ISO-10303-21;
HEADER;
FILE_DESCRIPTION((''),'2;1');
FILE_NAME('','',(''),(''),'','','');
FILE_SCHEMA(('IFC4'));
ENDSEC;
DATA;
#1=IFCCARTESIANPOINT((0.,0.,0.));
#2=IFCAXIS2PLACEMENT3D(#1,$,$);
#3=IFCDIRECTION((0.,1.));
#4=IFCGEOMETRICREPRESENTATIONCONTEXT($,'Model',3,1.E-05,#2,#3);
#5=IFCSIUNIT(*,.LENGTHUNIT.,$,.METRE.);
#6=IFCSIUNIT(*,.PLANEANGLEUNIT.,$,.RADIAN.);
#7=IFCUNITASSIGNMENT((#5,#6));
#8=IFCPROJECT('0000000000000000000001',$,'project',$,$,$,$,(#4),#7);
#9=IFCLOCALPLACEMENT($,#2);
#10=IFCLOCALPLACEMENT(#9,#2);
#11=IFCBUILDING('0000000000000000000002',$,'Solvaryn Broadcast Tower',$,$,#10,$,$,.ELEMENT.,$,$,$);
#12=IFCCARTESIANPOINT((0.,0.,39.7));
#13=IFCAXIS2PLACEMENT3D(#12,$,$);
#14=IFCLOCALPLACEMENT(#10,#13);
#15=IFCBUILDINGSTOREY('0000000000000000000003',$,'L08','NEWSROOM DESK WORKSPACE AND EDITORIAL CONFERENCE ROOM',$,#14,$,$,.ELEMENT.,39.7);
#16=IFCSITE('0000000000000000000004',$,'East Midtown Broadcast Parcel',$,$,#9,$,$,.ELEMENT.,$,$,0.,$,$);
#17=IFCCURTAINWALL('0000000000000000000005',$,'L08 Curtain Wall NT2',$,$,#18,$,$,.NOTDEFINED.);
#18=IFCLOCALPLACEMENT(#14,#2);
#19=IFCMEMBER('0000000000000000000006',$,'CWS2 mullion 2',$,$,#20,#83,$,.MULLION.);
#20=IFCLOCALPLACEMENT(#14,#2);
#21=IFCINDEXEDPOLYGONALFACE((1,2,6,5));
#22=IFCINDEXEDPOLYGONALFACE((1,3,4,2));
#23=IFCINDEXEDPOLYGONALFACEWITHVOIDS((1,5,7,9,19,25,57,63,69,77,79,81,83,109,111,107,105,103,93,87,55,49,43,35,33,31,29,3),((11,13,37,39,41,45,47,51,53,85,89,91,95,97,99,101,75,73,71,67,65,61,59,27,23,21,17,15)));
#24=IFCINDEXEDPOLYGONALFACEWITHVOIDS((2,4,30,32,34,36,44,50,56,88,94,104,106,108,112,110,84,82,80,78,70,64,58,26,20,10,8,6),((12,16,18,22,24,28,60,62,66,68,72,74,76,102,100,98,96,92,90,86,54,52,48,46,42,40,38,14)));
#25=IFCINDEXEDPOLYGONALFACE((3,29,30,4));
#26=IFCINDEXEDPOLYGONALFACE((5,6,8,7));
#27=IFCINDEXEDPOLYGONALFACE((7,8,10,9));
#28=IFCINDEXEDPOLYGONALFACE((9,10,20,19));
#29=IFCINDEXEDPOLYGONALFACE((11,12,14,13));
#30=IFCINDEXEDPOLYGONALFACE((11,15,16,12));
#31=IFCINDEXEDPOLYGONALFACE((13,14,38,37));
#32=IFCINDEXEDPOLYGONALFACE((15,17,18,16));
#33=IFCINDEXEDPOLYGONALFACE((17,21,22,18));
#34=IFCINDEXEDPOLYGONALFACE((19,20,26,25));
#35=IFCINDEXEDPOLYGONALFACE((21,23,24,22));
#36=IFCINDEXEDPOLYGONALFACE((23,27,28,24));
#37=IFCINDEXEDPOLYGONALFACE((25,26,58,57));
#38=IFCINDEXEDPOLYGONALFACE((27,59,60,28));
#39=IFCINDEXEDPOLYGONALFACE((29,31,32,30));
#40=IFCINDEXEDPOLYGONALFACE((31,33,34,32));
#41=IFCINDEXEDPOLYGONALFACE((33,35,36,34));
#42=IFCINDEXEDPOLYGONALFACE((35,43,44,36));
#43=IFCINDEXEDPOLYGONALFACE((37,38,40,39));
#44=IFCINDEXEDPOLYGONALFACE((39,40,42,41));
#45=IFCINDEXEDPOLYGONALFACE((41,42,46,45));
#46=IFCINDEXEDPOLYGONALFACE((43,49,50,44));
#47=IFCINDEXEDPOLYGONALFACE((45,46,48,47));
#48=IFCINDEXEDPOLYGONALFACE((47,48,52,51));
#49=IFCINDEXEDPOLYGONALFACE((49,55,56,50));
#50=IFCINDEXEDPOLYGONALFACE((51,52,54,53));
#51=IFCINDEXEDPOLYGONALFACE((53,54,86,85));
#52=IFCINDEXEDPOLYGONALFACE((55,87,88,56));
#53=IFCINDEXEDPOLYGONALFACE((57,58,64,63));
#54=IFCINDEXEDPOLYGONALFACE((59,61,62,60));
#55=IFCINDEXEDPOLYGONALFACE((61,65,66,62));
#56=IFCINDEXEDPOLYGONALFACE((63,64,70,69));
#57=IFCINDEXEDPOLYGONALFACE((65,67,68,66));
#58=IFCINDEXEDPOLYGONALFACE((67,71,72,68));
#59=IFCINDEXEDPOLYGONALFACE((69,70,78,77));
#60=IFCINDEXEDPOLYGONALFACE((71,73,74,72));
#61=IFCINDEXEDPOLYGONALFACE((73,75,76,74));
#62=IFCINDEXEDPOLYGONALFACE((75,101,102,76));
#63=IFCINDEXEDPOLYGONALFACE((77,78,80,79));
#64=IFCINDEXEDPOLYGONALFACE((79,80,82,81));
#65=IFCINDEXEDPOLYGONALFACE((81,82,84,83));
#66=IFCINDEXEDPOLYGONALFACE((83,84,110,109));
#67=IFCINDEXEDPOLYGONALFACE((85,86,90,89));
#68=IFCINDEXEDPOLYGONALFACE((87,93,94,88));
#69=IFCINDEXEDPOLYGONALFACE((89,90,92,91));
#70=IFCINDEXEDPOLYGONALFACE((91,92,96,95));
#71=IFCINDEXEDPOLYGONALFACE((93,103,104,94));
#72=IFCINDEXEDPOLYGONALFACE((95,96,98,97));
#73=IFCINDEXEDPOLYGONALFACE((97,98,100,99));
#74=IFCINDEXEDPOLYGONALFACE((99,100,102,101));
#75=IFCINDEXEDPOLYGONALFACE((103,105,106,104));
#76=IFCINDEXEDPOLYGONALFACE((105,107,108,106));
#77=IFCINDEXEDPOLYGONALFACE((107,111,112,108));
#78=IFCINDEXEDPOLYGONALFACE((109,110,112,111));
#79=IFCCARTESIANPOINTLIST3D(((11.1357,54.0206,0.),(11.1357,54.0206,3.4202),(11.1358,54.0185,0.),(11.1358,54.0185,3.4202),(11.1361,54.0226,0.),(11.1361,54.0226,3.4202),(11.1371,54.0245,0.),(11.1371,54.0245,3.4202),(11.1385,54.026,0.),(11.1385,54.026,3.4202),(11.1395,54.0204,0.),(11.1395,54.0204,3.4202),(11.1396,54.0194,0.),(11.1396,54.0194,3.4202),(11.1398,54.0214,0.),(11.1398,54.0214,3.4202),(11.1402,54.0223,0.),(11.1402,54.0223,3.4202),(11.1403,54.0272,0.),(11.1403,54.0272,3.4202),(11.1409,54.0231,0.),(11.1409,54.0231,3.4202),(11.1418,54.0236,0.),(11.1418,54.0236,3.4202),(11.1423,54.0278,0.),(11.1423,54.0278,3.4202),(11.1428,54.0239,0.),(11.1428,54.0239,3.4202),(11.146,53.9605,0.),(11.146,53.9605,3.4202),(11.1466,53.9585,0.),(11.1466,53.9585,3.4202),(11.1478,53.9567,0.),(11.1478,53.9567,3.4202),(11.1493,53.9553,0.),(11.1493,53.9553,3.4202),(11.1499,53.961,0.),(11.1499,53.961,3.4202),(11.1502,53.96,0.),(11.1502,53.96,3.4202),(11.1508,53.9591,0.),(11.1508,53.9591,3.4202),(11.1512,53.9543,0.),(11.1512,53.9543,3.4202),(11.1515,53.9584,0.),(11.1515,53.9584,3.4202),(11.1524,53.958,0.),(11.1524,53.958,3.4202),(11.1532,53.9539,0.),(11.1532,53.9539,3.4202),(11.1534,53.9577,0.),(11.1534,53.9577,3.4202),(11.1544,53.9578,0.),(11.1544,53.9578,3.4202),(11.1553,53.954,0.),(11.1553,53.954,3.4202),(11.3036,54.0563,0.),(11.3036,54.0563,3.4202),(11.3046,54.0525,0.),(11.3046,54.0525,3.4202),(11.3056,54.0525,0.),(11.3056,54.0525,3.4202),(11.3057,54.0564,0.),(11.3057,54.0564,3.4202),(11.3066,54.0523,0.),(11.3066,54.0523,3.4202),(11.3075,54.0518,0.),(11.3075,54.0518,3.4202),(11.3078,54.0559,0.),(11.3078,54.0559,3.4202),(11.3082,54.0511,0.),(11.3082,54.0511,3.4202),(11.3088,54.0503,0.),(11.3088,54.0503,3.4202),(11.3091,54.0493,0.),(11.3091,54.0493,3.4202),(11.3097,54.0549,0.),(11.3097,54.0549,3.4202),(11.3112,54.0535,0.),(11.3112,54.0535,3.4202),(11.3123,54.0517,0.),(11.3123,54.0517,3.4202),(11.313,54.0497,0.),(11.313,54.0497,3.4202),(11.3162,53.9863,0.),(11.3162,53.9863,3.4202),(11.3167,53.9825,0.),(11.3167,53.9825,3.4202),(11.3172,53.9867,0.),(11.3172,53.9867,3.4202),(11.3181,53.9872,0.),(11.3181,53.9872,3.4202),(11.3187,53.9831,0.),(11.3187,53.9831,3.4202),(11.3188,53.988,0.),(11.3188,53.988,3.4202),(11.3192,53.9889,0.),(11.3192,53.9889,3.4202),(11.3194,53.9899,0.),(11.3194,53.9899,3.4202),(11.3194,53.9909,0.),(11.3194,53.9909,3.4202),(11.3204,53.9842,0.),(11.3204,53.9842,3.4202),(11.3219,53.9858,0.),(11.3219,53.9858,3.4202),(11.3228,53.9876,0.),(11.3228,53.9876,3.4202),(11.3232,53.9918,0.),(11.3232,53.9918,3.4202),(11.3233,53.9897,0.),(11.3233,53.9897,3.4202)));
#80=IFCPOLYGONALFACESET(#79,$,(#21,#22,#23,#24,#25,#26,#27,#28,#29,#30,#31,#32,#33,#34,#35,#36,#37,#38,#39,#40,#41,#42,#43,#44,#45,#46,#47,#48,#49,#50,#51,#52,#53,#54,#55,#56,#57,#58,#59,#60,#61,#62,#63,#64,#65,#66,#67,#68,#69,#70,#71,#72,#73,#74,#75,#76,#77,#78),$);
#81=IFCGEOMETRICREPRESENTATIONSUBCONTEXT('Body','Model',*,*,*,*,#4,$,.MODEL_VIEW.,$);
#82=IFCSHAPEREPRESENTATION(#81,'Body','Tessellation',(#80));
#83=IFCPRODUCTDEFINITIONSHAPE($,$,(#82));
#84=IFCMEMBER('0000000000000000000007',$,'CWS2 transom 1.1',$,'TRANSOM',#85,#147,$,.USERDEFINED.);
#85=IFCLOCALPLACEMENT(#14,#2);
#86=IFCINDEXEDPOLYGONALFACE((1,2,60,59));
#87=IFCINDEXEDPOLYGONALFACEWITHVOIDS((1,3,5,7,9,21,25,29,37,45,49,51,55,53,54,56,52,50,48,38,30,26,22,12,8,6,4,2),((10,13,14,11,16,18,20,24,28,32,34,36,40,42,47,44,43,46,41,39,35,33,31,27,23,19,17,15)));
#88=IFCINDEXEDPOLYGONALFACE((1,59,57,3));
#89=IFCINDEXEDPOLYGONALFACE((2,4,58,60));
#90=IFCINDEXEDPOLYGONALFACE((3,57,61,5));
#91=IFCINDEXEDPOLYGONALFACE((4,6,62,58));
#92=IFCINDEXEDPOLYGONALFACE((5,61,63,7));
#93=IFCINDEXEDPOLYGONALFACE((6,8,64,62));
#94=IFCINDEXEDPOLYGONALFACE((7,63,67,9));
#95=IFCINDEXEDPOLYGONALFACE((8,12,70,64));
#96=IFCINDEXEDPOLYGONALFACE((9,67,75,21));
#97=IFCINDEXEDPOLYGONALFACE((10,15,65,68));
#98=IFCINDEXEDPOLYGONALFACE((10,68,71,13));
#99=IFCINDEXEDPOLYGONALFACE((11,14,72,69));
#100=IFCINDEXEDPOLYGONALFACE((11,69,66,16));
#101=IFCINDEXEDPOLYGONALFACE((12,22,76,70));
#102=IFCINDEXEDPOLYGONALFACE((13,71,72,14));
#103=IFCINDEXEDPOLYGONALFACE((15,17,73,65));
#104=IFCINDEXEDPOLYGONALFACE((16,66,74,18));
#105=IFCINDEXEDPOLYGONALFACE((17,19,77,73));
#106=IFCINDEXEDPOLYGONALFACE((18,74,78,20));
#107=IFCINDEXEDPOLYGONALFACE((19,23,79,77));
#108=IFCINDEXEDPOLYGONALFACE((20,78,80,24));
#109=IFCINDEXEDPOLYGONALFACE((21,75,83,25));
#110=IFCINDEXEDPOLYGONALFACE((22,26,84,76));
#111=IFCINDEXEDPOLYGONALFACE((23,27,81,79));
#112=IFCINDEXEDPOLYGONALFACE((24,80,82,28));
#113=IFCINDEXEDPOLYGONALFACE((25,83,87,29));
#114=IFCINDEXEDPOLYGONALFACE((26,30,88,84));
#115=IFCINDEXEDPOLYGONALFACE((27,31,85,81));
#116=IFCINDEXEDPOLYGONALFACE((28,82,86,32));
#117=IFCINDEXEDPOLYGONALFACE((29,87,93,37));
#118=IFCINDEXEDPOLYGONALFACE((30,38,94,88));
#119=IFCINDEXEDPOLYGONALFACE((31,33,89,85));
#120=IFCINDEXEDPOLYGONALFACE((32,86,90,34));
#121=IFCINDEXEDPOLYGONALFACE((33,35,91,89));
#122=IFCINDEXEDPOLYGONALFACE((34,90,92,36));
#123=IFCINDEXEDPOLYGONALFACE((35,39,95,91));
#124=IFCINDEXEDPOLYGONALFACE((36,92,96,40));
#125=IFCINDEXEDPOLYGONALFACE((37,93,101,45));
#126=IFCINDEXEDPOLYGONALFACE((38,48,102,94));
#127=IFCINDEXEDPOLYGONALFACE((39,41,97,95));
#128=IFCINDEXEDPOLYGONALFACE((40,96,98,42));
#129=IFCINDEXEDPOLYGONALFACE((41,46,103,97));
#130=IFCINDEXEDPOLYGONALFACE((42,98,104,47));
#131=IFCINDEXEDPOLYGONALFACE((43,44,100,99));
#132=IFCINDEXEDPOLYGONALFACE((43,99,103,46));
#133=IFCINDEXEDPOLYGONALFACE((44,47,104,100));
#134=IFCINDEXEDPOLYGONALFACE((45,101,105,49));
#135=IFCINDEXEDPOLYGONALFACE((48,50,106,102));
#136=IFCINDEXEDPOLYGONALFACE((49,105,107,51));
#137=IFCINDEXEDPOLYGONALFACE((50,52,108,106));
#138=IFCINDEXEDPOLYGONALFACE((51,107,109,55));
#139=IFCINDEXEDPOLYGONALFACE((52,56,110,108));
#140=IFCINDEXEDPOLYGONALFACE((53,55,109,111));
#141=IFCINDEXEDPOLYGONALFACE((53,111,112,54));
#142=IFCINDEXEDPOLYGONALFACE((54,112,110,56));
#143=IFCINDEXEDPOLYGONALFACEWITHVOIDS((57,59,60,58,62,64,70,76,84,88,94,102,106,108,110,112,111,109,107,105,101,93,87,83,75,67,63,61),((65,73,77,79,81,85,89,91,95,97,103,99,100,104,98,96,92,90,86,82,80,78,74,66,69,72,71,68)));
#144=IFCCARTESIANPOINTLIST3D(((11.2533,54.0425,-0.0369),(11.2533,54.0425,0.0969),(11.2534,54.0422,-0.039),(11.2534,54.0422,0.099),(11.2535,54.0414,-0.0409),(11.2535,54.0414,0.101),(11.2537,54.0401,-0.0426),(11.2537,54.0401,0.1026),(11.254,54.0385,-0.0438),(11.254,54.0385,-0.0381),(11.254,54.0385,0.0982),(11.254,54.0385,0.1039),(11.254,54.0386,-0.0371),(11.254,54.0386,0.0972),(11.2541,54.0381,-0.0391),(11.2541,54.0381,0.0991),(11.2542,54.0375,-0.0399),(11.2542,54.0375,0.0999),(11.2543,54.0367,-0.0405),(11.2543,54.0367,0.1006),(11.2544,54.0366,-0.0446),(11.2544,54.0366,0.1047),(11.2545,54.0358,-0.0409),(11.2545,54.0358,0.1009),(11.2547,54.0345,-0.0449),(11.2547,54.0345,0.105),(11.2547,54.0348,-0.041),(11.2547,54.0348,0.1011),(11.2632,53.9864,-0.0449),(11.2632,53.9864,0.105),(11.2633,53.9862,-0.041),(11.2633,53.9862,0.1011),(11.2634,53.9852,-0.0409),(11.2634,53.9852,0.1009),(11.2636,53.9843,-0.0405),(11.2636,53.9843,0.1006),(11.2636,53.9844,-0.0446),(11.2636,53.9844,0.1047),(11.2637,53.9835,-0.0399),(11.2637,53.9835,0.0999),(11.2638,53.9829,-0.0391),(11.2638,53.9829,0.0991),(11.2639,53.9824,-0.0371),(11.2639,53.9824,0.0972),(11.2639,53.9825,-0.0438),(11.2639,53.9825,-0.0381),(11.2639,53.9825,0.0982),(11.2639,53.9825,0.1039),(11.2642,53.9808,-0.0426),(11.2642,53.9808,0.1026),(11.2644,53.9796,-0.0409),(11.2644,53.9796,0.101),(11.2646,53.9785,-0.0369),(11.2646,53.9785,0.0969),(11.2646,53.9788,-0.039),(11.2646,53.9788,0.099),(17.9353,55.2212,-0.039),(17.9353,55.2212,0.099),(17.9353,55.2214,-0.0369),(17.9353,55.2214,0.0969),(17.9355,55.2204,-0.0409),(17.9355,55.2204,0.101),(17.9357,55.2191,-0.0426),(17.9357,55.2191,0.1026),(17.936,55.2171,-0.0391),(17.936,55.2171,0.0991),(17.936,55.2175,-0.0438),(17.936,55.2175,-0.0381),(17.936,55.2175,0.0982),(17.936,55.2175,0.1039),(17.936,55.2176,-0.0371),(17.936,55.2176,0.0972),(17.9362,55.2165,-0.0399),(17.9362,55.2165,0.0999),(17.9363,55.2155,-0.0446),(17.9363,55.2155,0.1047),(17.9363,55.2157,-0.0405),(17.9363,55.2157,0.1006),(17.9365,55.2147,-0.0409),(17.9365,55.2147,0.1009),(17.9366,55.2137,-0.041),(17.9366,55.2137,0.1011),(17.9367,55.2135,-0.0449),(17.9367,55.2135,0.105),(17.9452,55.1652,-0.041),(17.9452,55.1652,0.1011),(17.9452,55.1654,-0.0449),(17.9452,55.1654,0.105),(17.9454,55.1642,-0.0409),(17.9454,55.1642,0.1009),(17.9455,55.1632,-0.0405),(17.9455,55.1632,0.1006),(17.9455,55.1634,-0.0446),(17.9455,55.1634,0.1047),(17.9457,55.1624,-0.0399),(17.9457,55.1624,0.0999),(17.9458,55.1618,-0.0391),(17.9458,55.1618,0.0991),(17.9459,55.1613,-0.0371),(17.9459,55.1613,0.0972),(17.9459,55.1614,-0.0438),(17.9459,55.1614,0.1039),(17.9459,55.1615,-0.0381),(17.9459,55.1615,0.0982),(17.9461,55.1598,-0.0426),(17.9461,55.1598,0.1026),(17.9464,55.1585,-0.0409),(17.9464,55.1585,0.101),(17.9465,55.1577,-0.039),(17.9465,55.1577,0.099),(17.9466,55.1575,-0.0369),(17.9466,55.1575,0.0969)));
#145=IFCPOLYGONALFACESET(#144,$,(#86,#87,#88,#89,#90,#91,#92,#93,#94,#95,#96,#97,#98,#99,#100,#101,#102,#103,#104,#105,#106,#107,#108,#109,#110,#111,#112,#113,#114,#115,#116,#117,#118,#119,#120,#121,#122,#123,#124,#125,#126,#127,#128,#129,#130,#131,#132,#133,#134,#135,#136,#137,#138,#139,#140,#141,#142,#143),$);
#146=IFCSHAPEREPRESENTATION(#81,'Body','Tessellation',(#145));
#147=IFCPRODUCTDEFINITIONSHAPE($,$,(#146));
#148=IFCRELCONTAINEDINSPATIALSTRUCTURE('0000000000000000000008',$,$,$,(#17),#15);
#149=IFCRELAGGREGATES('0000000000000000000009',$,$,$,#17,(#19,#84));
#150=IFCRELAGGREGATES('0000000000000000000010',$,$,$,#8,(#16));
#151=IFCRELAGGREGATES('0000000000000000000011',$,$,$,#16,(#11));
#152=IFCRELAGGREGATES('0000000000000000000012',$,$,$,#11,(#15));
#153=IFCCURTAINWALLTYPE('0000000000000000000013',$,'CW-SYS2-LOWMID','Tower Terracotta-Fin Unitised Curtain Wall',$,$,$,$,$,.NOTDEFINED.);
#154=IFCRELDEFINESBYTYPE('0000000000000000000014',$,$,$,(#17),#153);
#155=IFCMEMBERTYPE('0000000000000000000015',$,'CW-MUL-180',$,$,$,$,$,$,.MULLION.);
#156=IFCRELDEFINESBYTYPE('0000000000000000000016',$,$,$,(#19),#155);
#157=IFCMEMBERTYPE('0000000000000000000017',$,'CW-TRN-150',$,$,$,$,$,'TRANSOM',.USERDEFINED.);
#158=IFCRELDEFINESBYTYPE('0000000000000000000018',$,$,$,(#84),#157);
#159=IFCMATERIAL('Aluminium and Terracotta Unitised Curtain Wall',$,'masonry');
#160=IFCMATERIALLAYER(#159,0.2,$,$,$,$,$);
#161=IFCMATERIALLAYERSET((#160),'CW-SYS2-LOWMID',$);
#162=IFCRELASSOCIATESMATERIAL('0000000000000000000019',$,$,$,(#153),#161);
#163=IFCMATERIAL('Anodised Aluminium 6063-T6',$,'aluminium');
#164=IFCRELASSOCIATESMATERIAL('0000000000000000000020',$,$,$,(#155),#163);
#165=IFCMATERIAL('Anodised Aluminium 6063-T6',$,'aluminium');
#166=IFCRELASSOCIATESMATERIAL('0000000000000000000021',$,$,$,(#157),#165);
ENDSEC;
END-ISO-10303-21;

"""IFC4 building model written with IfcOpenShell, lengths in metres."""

from ifc_helpers import new_model, si_unit, direction, frame, origin, origin_2d, place, context, subcontext, project, spatial, hollow_rectangle, extrude, material, layer, layer_set, material_profile, profile_set, type_object, element, aggregate, save


model = new_model("IFC4")

# Units and contexts
model_context = context("Model", 3, precision=1e-05, world=origin(), true_north=direction((0.0, 1.0)))
body_context = subcontext(model_context, "Body", "Model", "MODEL_VIEW")
ifc_project = project(units=[si_unit("LENGTHUNIT", "METRE"), si_unit("PLANEANGLEUNIT", "RADIAN")], contexts=[model_context])

# Site, building, storey
site_placement = place(None, origin())
site = spatial("IfcSite", under=ifc_project, at=site_placement, Name="East Midtown Broadcast Parcel", CompositionType="ELEMENT", RefElevation=0.0)
building_placement = place(site_placement, origin())
building = spatial("IfcBuilding", under=site, at=building_placement, Name="Solvaryn Broadcast Tower", CompositionType="ELEMENT")
storey_placement = place(building_placement, frame((0.0, 0.0, 39.7)))
storey = spatial("IfcBuildingStorey", under=building, at=storey_placement, Name="L08", Description="NEWSROOM DESK WORKSPACE AND EDITORIAL CONFERENCE ROOM", CompositionType="ELEMENT", Elevation=39.7)

# Shared definitions
ifc_material_1 = material(Name="Aluminium and Terracotta Unitised Curtain Wall", Category="masonry")
ifc_layer_1 = layer(ifc_material_1, 0.2)
ifc_layer_set_1 = layer_set([ifc_layer_1], Name="CW-SYS2-LOWMID")
curtain_wall_type = type_object("IfcCurtainWallType", Name="CW-SYS2-LOWMID", Description="Tower Terracotta-Fin Unitised Curtain Wall", PredefinedType="NOTDEFINED", material=ifc_layer_set_1)
ifc_material_2 = material(Name="Anodised Aluminium 6063-T6", Category="aluminium")
ifc_material_profile_1 = material_profile(ifc_material_2, hollow_rectangle(XDim=0.075, YDim=0.1799, WallThickness=0.0039, InnerFilletRadius=0.0039, OuterFilletRadius=0.0081, at=origin_2d()))
ifc_profile_set_1 = profile_set([ifc_material_profile_1], Name="Anodised Aluminium 6063-T6")
member_type_1 = type_object("IfcMemberType", Name="CW-MUL-180", PredefinedType="MULLION", material=ifc_profile_set_1)

# Curtain wall, members
curtain_wall_1_placement = place(storey_placement, origin())
curtain_wall_1 = element("IfcCurtainWall", 1, at=curtain_wall_1_placement, inside=storey, type_object=curtain_wall_type, Name="L08 Curtain Wall NT2", PredefinedType="NOTDEFINED")
member_1_placement = place(storey_placement, frame((11.2295, 54.0051, 0.0), z_axis=(0.0, 0.0, 1.0), x_axis=(0.173785, -0.984784, 0.0)))
member_1 = element("IfcMember", 2, at=member_1_placement, type_object=member_type_1, Name="CWS2 mullion 2", PredefinedType="MULLION", context=body_context, shape_type="SweptSolid", body=[
    extrude(hollow_rectangle(XDim=0.075, YDim=0.1799, WallThickness=0.0039, InnerFilletRadius=0.0039, OuterFilletRadius=0.0081, at=origin_2d()), origin(), (0.0, 0.0, 1.0), 3.4202),
])
ifc_material_3 = material(Name="Anodised Aluminium 6063-T6", Category="aluminium")
ifc_material_profile_2 = material_profile(ifc_material_3, hollow_rectangle(XDim=0.0649, YDim=0.1499, WallThickness=0.0039, InnerFilletRadius=0.0039, OuterFilletRadius=0.0081, at=origin_2d()))
ifc_profile_set_2 = profile_set([ifc_material_profile_2], Name="Anodised Aluminium 6063-T6")
member_type_2 = type_object("IfcMemberType", Name="CW-TRN-150", ElementType="TRANSOM", PredefinedType="USERDEFINED", material=ifc_profile_set_2)
member_2_placement = place(storey_placement, frame((17.9409, 55.1895, 0.03), z_axis=(-0.984789, -0.173757, 0.0), x_axis=(0.173757, -0.984789, 0.0)))
member_2 = element("IfcMember", 3, at=member_2_placement, type_object=member_type_2, Name="CWS2 transom 1.1", ObjectType="TRANSOM", PredefinedType="USERDEFINED", context=body_context, shape_type="SweptSolid", body=[
    extrude(hollow_rectangle(XDim=0.0649, YDim=0.1499, WallThickness=0.0039, InnerFilletRadius=0.0039, OuterFilletRadius=0.0081, at=origin_2d()), origin(), (0.0, 0.0, 1.0), 6.7852),
])

aggregate(curtain_wall_1, [member_1, member_2])

save(model, "model.ifc")
